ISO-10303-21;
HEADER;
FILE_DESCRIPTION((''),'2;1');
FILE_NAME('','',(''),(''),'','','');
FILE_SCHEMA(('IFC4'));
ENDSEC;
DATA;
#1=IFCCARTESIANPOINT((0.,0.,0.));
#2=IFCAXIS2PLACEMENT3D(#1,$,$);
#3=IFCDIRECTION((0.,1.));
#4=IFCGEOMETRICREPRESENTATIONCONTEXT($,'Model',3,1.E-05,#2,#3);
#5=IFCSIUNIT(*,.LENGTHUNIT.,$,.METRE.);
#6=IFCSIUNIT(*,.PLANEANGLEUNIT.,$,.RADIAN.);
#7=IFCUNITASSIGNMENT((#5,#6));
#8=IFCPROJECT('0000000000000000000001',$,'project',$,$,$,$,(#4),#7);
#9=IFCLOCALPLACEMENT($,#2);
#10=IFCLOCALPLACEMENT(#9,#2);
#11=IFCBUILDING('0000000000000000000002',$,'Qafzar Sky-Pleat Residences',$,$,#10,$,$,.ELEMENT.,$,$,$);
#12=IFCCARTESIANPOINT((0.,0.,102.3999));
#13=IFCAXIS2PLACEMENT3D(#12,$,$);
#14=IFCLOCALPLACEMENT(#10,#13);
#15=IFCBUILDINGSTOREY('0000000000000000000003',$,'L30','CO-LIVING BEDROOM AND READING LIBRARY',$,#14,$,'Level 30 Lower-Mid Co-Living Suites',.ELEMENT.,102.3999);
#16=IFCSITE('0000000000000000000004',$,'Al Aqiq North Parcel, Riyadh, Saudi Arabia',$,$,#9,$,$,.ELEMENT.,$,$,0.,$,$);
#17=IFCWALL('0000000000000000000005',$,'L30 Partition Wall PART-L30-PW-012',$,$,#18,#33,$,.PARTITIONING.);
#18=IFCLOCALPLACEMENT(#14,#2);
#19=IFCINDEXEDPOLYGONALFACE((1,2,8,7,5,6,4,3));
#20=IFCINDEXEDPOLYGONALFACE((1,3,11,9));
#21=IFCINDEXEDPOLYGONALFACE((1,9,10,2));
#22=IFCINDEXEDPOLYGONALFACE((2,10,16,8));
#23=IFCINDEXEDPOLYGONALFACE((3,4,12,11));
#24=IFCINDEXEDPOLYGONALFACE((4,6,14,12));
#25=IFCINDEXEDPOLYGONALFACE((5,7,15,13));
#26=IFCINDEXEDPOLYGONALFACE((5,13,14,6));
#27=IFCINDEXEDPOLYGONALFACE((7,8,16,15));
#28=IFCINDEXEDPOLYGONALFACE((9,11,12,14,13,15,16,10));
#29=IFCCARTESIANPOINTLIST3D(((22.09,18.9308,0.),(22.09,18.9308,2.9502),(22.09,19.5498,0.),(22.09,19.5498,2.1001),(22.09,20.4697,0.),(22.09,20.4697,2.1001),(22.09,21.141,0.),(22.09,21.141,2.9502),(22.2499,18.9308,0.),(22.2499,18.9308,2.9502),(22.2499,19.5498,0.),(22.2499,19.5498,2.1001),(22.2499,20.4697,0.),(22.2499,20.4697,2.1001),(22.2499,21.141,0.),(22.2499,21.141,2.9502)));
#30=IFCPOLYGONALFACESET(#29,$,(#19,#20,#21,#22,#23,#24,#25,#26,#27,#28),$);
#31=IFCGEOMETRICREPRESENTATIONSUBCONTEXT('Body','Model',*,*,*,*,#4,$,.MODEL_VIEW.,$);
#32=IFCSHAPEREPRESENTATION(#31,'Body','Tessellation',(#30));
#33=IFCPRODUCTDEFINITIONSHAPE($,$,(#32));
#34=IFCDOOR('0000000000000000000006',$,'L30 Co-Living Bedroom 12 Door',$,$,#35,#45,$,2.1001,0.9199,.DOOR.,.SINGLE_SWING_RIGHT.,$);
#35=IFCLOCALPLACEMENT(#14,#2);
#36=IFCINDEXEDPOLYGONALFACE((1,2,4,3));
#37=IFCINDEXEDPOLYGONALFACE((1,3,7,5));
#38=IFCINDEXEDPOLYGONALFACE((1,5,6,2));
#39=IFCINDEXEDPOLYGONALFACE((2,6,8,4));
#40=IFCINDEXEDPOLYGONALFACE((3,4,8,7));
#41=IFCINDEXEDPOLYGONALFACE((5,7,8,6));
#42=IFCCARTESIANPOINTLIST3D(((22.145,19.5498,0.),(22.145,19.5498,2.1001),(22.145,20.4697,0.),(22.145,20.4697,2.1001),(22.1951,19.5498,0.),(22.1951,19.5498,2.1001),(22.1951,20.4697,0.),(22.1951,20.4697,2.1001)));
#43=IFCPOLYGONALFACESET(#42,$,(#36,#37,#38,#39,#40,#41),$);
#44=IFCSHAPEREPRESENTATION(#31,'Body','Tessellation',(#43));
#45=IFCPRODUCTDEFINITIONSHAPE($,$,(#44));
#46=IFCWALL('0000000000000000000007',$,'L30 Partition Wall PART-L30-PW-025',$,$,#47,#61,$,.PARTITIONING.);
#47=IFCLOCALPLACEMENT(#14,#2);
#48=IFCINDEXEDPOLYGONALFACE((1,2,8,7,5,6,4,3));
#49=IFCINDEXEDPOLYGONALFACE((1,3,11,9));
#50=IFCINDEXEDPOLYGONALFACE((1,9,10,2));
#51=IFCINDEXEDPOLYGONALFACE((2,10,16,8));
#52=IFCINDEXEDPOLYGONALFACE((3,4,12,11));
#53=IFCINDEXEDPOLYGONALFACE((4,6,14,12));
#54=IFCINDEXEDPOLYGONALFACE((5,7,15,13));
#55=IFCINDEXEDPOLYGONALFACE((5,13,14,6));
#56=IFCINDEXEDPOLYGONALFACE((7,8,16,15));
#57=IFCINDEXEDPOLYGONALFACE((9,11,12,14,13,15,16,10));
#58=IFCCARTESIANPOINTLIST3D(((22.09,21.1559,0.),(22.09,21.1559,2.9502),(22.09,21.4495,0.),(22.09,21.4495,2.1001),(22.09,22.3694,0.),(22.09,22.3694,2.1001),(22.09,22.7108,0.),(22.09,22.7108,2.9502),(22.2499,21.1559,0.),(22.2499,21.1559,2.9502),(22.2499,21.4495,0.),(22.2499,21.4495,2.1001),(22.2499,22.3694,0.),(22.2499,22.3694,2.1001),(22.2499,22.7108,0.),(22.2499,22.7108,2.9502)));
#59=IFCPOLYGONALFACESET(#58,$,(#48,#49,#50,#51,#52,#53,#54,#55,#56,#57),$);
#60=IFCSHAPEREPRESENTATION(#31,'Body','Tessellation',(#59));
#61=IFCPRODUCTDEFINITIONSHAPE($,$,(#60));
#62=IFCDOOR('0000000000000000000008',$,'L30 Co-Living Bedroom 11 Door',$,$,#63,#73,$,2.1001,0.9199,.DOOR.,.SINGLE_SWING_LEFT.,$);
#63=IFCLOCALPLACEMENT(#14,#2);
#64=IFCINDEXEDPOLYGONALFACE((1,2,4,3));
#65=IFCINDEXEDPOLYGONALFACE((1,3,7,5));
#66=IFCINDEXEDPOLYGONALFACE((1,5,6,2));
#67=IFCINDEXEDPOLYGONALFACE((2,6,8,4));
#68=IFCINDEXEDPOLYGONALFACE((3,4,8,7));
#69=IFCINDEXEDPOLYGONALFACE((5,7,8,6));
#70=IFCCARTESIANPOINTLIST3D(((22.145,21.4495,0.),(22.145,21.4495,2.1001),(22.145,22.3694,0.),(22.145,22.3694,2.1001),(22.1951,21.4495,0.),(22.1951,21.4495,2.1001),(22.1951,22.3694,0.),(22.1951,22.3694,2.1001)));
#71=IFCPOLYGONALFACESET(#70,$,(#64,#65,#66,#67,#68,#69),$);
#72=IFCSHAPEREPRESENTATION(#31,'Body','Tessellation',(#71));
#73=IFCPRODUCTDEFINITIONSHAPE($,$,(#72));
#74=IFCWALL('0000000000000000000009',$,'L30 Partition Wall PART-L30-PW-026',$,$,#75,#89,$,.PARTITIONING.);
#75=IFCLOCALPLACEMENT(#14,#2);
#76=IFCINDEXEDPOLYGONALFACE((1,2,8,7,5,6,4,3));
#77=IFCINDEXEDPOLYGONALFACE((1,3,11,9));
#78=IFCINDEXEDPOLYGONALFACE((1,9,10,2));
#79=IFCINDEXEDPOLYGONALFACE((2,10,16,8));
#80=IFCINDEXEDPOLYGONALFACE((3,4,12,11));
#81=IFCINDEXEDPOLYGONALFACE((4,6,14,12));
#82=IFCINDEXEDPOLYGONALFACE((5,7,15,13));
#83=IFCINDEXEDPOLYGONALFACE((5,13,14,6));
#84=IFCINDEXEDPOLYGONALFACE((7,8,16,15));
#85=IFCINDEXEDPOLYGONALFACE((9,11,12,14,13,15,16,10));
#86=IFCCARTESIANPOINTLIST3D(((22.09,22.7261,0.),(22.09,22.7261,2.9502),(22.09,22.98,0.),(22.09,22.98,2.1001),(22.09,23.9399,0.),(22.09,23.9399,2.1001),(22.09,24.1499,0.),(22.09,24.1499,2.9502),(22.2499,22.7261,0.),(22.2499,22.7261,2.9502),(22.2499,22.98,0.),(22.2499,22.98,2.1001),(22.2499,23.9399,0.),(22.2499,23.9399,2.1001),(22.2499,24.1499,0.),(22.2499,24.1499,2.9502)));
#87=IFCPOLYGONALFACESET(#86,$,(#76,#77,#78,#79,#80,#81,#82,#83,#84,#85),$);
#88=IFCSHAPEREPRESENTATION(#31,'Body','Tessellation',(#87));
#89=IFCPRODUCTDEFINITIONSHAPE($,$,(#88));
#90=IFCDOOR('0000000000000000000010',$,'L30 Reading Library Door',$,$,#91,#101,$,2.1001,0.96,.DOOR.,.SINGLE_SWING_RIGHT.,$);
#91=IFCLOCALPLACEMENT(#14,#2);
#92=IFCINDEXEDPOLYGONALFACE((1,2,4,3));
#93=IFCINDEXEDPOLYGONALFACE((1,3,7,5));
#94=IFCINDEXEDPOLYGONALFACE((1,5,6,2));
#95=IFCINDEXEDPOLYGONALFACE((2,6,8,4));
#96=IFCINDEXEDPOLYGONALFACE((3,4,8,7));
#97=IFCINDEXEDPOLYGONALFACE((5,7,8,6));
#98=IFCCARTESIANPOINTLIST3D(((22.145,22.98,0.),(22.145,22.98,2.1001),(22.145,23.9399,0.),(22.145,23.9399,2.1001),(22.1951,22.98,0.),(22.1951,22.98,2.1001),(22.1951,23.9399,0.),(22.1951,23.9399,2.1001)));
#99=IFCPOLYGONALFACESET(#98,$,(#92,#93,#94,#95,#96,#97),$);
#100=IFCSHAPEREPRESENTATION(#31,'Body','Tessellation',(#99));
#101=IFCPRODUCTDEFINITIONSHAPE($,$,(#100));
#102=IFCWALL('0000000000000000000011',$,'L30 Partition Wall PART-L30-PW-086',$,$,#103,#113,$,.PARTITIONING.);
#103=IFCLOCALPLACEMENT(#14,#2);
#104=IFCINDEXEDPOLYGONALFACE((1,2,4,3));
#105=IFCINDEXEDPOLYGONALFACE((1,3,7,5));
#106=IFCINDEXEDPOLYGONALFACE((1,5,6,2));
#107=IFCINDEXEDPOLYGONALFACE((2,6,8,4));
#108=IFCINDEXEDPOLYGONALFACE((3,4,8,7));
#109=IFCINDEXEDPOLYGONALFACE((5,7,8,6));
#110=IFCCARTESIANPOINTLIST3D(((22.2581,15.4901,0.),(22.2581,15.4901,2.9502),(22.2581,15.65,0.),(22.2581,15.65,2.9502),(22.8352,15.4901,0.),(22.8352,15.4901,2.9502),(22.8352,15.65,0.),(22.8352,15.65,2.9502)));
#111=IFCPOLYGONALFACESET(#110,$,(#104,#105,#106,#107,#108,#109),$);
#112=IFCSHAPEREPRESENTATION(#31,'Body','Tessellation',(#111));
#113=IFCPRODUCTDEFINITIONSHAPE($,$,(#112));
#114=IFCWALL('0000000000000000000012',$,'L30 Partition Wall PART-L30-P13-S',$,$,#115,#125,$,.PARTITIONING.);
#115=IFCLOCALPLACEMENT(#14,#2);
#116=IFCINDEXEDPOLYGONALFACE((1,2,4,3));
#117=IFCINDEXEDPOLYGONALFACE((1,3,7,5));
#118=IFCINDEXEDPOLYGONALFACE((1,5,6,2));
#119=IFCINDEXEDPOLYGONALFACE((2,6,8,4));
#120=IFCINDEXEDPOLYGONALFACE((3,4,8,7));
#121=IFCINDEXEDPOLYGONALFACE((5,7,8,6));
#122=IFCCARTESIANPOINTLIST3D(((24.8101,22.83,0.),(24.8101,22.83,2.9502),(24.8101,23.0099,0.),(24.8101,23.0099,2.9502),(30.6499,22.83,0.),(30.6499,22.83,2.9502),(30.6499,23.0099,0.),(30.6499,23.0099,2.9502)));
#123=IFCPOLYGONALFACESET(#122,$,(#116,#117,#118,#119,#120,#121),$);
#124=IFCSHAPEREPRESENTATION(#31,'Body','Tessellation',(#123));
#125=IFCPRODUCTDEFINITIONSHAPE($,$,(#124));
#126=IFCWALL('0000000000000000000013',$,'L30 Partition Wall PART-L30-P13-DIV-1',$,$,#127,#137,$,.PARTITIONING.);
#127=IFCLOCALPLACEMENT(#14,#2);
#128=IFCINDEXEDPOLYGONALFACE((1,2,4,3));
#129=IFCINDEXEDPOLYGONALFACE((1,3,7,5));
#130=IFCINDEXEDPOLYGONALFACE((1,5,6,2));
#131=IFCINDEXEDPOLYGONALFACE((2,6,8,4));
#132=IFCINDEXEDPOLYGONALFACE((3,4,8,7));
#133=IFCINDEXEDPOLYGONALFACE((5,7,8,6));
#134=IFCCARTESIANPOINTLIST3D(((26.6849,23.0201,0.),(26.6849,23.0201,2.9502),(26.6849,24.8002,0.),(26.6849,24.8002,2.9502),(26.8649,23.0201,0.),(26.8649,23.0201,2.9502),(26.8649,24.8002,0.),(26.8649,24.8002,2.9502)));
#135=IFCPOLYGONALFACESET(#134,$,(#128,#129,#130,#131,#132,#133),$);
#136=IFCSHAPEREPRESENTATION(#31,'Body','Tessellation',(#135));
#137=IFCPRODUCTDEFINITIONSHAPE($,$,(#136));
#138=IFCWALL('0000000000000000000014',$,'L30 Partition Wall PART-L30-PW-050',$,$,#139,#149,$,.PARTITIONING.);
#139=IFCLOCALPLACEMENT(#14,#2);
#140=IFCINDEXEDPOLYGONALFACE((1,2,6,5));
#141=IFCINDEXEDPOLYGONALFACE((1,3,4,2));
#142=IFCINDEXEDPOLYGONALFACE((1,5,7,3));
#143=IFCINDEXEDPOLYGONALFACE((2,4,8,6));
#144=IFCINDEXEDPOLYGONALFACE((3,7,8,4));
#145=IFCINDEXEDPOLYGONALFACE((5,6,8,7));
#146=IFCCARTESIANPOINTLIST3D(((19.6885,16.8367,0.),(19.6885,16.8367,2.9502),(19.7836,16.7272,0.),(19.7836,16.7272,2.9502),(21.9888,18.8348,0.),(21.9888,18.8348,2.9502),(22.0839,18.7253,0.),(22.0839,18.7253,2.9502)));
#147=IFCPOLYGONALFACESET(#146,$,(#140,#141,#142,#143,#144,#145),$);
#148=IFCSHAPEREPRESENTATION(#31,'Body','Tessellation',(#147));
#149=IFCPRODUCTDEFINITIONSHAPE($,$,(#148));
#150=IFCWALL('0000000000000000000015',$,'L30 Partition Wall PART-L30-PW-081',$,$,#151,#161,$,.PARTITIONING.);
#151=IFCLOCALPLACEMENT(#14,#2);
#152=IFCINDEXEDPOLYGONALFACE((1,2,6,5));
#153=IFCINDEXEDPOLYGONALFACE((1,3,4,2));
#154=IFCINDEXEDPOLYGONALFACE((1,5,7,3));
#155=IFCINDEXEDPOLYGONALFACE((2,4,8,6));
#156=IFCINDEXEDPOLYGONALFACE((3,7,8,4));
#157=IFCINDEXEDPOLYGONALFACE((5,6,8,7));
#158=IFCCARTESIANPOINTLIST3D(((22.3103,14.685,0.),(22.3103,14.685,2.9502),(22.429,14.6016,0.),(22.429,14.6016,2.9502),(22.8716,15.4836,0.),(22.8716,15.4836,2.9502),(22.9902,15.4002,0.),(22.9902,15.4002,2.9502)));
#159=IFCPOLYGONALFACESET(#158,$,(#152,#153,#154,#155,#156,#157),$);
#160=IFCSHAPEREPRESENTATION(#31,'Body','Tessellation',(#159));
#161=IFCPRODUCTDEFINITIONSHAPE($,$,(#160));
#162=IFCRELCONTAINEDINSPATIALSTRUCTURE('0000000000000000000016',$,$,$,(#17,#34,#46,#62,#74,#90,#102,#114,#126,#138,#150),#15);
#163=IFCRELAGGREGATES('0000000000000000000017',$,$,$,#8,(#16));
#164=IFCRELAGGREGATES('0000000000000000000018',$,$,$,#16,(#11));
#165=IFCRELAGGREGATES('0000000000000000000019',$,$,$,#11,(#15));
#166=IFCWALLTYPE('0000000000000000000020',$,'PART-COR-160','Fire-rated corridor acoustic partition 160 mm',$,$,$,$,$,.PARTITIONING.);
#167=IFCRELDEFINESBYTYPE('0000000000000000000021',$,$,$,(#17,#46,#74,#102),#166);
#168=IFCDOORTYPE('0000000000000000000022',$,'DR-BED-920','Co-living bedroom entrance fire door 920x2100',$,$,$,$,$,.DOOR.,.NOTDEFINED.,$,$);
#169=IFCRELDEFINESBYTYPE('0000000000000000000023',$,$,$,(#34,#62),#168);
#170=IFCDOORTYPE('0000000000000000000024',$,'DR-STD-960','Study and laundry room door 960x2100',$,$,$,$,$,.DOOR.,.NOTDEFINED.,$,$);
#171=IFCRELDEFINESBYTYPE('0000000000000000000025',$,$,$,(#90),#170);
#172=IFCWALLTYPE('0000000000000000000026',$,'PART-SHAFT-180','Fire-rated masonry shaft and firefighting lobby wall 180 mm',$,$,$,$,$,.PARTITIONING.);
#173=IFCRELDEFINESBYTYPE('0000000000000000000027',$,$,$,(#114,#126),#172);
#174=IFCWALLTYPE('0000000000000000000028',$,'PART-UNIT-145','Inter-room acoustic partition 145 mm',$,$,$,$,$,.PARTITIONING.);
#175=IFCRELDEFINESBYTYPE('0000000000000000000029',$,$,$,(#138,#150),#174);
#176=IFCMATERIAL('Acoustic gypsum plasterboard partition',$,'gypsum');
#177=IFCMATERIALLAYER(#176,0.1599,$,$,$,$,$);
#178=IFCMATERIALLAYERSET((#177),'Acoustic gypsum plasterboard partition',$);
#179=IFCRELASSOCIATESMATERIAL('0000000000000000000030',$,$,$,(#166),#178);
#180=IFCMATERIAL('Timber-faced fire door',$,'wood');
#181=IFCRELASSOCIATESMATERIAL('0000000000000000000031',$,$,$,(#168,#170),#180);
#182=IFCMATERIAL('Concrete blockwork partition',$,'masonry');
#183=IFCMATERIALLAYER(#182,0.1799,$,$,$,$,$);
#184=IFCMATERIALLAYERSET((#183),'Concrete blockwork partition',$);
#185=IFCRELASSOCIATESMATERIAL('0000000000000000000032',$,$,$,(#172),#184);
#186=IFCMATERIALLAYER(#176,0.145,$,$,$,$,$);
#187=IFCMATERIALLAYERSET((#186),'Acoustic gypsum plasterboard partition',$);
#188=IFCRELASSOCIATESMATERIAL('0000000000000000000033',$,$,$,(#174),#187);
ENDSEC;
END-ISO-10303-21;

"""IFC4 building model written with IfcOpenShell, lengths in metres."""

from ifc_helpers import new_model, si_unit, direction, frame, frame_2d, origin, place, context, subcontext, project, spatial, rectangle, extrude, source, transform, mapped, material, layer, layer_set, type_object, element, fill, save


model = new_model("IFC4")

# Units and contexts
model_context = context("Model", 3, precision=1e-05, world=origin(), true_north=direction((0.0, 1.0)))
body_context = subcontext(model_context, "Body", "Model", "MODEL_VIEW")
ifc_project = project(units=[si_unit("LENGTHUNIT", "METRE"), si_unit("PLANEANGLEUNIT", "RADIAN")], contexts=[model_context])

# Site, building, storey
site_placement = place(None, origin())
site = spatial("IfcSite", under=ifc_project, at=site_placement, Name="Al Aqiq North Parcel, Riyadh, Saudi Arabia", CompositionType="ELEMENT", RefElevation=0.0)
building_placement = place(site_placement, origin())
building = spatial("IfcBuilding", under=site, at=building_placement, Name="Qafzar Sky-Pleat Residences", CompositionType="ELEMENT")
storey_placement = place(building_placement, frame((0.0, 0.0, 102.3999)))
storey = spatial("IfcBuildingStorey", under=building, at=storey_placement, Name="L30", Description="CO-LIVING BEDROOM AND READING LIBRARY", LongName="Level 30 Lower-Mid Co-Living Suites", CompositionType="ELEMENT", Elevation=102.3999)

# Walls, openings, doors
ifc_material_1 = material(Name="Acoustic gypsum plasterboard partition", Category="gypsum")
ifc_layer_1 = layer(ifc_material_1, 0.1599)
ifc_layer_set_1 = layer_set([ifc_layer_1], Name="Acoustic gypsum plasterboard partition")
wall_type_1 = type_object("IfcWallType", Name="PART-COR-160", Description="Fire-rated corridor acoustic partition 160 mm", PredefinedType="PARTITIONING", material=ifc_layer_set_1)
ifc_material_2 = material(Name="Timber-faced fire door", Category="wood")
door_type_1 = type_object("IfcDoorType", Name="DR-BED-920", Description="Co-living bedroom entrance fire door 920x2100", OperationType="NOTDEFINED", PredefinedType="DOOR", material=ifc_material_2)
shared_shape_1 = source(origin(), body_context, "Body", "SweptSolid", [
    extrude(rectangle(XDim=0.9199, YDim=2.1001, at=frame_2d((0.46, 1.05))), frame((0.0, 0.0249, 0.0), z_axis=(0.0, -1.0, 0.0), x_axis=(1.0, 0.0, 0.0)), (0.0, 0.0, 1.0), 0.05),
])
wall_1_placement = place(storey_placement, frame((22.1699, 18.9309, 0.0), z_axis=(0.0, 0.0, 1.0), x_axis=(0.0, 1.0, 0.0)))
wall_1 = element("IfcWall", 1, at=wall_1_placement, inside=storey, type_object=wall_type_1, Name="L30 Partition Wall PART-L30-PW-012", PredefinedType="PARTITIONING", context=body_context, shape_type="SweptSolid", body=[
    extrude(rectangle(XDim=2.2102, YDim=0.1599, at=frame_2d((1.105, 0.0))), origin(), (0.0, 0.0, 1.0), 2.9502),
])
opening_1_placement = place(wall_1_placement, frame((0.6189, 0.0, 0.0)))
opening_1 = element("IfcOpeningElement", 2, at=opening_1_placement, cuts=wall_1, PredefinedType="OPENING", context=body_context, shape_type="SweptSolid", body=[
    extrude(rectangle(XDim=0.9199, YDim=2.1001, at=frame_2d((0.46, 1.05))), frame((0.0, 0.0898, 0.0), z_axis=(0.0, -1.0, 0.0), x_axis=(1.0, 0.0, 0.0)), (0.0, 0.0, 1.0), 0.1799),
])
door_1_placement = place(opening_1_placement, origin())
door_1 = element("IfcDoor", 3, at=door_1_placement, inside=storey, type_object=door_type_1, Name="L30 Co-Living Bedroom 12 Door", OperationType="SINGLE_SWING_RIGHT", OverallHeight=2.1001, OverallWidth=0.9199, PredefinedType="DOOR", context=body_context, shape_type="MappedRepresentation", body=[
    mapped(shared_shape_1, transform((0.0, 0.0, 0.0), x_axis=(1.0, 0.0, 0.0), y_axis=(0.0, 1.0, 0.0), z_axis=(0.0, 0.0, 1.0), scale=1.0)),
])
fill(opening_1, door_1)
wall_2_placement = place(storey_placement, frame((22.1699, 21.156, 0.0), z_axis=(0.0, 0.0, 1.0), x_axis=(0.0, 1.0, 0.0)))
wall_2 = element("IfcWall", 4, at=wall_2_placement, inside=storey, type_object=wall_type_1, Name="L30 Partition Wall PART-L30-PW-025", PredefinedType="PARTITIONING", context=body_context, shape_type="SweptSolid", body=[
    extrude(rectangle(XDim=1.5549, YDim=0.1599, at=frame_2d((0.7773, 0.0))), origin(), (0.0, 0.0, 1.0), 2.9502),
])
opening_2_placement = place(wall_2_placement, frame((0.2935, 0.0, 0.0)))
opening_2 = element("IfcOpeningElement", 5, at=opening_2_placement, cuts=wall_2, PredefinedType="OPENING", context=body_context, shape_type="SweptSolid", body=[
    extrude(rectangle(XDim=0.9199, YDim=2.1001, at=frame_2d((0.46, 1.05))), frame((0.0, 0.0898, 0.0), z_axis=(0.0, -1.0, 0.0), x_axis=(1.0, 0.0, 0.0)), (0.0, 0.0, 1.0), 0.1799),
])
door_2_placement = place(opening_2_placement, origin())
door_2 = element("IfcDoor", 6, at=door_2_placement, inside=storey, type_object=door_type_1, Name="L30 Co-Living Bedroom 11 Door", OperationType="SINGLE_SWING_LEFT", OverallHeight=2.1001, OverallWidth=0.9199, PredefinedType="DOOR", context=body_context, shape_type="MappedRepresentation", body=[
    mapped(shared_shape_1, transform((0.0, 0.0, 0.0), x_axis=(1.0, 0.0, 0.0), y_axis=(0.0, 1.0, 0.0), z_axis=(0.0, 0.0, 1.0), scale=1.0)),
])
fill(opening_2, door_2)
wall_3_placement = place(storey_placement, frame((22.1699, 22.7261, 0.0), z_axis=(0.0, 0.0, 1.0), x_axis=(0.0, 1.0, 0.0)))
wall_3 = element("IfcWall", 7, at=wall_3_placement, inside=storey, type_object=wall_type_1, Name="L30 Partition Wall PART-L30-PW-026", PredefinedType="PARTITIONING", context=body_context, shape_type="SweptSolid", body=[
    extrude(rectangle(XDim=1.4238, YDim=0.1599, at=frame_2d((0.7119, 0.0))), origin(), (0.0, 0.0, 1.0), 2.9502),
])
opening_3_placement = place(wall_3_placement, frame((0.2539, 0.0, 0.0)))
opening_3 = element("IfcOpeningElement", 8, at=opening_3_placement, cuts=wall_3, PredefinedType="OPENING", context=body_context, shape_type="SweptSolid", body=[
    extrude(rectangle(XDim=0.96, YDim=2.1001, at=frame_2d((0.48, 1.05))), frame((0.0, 0.0898, 0.0), z_axis=(0.0, -1.0, 0.0), x_axis=(1.0, 0.0, 0.0)), (0.0, 0.0, 1.0), 0.1799),
])
door_type_2 = type_object("IfcDoorType", Name="DR-STD-960", Description="Study and laundry room door 960x2100", OperationType="NOTDEFINED", PredefinedType="DOOR", material=ifc_material_2)
shared_shape_2 = source(origin(), body_context, "Body", "SweptSolid", [
    extrude(rectangle(XDim=0.96, YDim=2.1001, at=frame_2d((0.48, 1.05))), frame((0.0, 0.0249, 0.0), z_axis=(0.0, -1.0, 0.0), x_axis=(1.0, 0.0, 0.0)), (0.0, 0.0, 1.0), 0.05),
])
door_3_placement = place(opening_3_placement, origin())
door_3 = element("IfcDoor", 9, at=door_3_placement, inside=storey, type_object=door_type_2, Name="L30 Reading Library Door", OperationType="SINGLE_SWING_RIGHT", OverallHeight=2.1001, OverallWidth=0.96, PredefinedType="DOOR", context=body_context, shape_type="MappedRepresentation", body=[
    mapped(shared_shape_2, transform((0.0, 0.0, 0.0), x_axis=(1.0, 0.0, 0.0), y_axis=(0.0, 1.0, 0.0), z_axis=(0.0, 0.0, 1.0), scale=1.0)),
])
fill(opening_3, door_3)

# Walls
wall_4_placement = place(storey_placement, frame((22.2581, 15.5701, 0.0), z_axis=(0.0, 0.0, 1.0), x_axis=(1.0, 0.0, 0.0)))
element("IfcWall", 10, at=wall_4_placement, inside=storey, type_object=wall_type_1, Name="L30 Partition Wall PART-L30-PW-086", PredefinedType="PARTITIONING", context=body_context, shape_type="SweptSolid", body=[
    extrude(rectangle(XDim=0.5771, YDim=0.1599, at=frame_2d((0.2886, 0.0))), origin(), (0.0, 0.0, 1.0), 2.9502),
])
ifc_material_3 = material(Name="Concrete blockwork partition", Category="masonry")
ifc_layer_2 = layer(ifc_material_3, 0.1799)
ifc_layer_set_2 = layer_set([ifc_layer_2], Name="Concrete blockwork partition")
wall_type_2 = type_object("IfcWallType", Name="PART-SHAFT-180", Description="Fire-rated masonry shaft and firefighting lobby wall 180 mm", PredefinedType="PARTITIONING", material=ifc_layer_set_2)
wall_5_placement = place(storey_placement, frame((24.8101, 22.9199, 0.0), z_axis=(0.0, 0.0, 1.0), x_axis=(1.0, 0.0, 0.0)))
element("IfcWall", 11, at=wall_5_placement, inside=storey, type_object=wall_type_2, Name="L30 Partition Wall PART-L30-P13-S", PredefinedType="PARTITIONING", context=body_context, shape_type="SweptSolid", body=[
    extrude(rectangle(XDim=5.8398, YDim=0.1799, at=frame_2d((2.9199, 0.0))), origin(), (0.0, 0.0, 1.0), 2.9502),
])
wall_6_placement = place(storey_placement, frame((26.7749, 23.02, 0.0), z_axis=(0.0, 0.0, 1.0), x_axis=(0.0, 1.0, 0.0)))
element("IfcWall", 12, at=wall_6_placement, inside=storey, type_object=wall_type_2, Name="L30 Partition Wall PART-L30-P13-DIV-1", PredefinedType="PARTITIONING", context=body_context, shape_type="SweptSolid", body=[
    extrude(rectangle(XDim=1.78, YDim=0.1799, at=frame_2d((0.8901, 0.0))), origin(), (0.0, 0.0, 1.0), 2.9502),
])
ifc_layer_3 = layer(ifc_material_1, 0.145)
ifc_layer_set_3 = layer_set([ifc_layer_3], Name="Acoustic gypsum plasterboard partition")
wall_type_3 = type_object("IfcWallType", Name="PART-UNIT-145", Description="Inter-room acoustic partition 145 mm", PredefinedType="PARTITIONING", material=ifc_layer_set_3)
wall_7_placement = place(storey_placement, frame((19.7361, 16.782, 0.0), z_axis=(0.0, 0.0, 1.0), x_axis=(0.754964, 0.655766, 0.0)))
element("IfcWall", 13, at=wall_7_placement, inside=storey, type_object=wall_type_3, Name="L30 Partition Wall PART-L30-PW-050", PredefinedType="PARTITIONING", context=body_context, shape_type="SweptSolid", body=[
    extrude(rectangle(XDim=3.0469, YDim=0.145, at=frame_2d((1.5234, 0.0))), origin(), (0.0, 0.0, 1.0), 2.9502),
])
wall_8_placement = place(storey_placement, frame((22.3696, 14.6433, 0.0), z_axis=(0.0, 0.0, 1.0), x_axis=(0.575022, 0.818138, 0.0)))
element("IfcWall", 14, at=wall_8_placement, inside=storey, type_object=wall_type_3, Name="L30 Partition Wall PART-L30-PW-081", PredefinedType="PARTITIONING", context=body_context, shape_type="SweptSolid", body=[
    extrude(rectangle(XDim=0.9761, YDim=0.145, at=frame_2d((0.488, 0.0))), origin(), (0.0, 0.0, 1.0), 2.9502),
])

save(model, "model.ifc")
